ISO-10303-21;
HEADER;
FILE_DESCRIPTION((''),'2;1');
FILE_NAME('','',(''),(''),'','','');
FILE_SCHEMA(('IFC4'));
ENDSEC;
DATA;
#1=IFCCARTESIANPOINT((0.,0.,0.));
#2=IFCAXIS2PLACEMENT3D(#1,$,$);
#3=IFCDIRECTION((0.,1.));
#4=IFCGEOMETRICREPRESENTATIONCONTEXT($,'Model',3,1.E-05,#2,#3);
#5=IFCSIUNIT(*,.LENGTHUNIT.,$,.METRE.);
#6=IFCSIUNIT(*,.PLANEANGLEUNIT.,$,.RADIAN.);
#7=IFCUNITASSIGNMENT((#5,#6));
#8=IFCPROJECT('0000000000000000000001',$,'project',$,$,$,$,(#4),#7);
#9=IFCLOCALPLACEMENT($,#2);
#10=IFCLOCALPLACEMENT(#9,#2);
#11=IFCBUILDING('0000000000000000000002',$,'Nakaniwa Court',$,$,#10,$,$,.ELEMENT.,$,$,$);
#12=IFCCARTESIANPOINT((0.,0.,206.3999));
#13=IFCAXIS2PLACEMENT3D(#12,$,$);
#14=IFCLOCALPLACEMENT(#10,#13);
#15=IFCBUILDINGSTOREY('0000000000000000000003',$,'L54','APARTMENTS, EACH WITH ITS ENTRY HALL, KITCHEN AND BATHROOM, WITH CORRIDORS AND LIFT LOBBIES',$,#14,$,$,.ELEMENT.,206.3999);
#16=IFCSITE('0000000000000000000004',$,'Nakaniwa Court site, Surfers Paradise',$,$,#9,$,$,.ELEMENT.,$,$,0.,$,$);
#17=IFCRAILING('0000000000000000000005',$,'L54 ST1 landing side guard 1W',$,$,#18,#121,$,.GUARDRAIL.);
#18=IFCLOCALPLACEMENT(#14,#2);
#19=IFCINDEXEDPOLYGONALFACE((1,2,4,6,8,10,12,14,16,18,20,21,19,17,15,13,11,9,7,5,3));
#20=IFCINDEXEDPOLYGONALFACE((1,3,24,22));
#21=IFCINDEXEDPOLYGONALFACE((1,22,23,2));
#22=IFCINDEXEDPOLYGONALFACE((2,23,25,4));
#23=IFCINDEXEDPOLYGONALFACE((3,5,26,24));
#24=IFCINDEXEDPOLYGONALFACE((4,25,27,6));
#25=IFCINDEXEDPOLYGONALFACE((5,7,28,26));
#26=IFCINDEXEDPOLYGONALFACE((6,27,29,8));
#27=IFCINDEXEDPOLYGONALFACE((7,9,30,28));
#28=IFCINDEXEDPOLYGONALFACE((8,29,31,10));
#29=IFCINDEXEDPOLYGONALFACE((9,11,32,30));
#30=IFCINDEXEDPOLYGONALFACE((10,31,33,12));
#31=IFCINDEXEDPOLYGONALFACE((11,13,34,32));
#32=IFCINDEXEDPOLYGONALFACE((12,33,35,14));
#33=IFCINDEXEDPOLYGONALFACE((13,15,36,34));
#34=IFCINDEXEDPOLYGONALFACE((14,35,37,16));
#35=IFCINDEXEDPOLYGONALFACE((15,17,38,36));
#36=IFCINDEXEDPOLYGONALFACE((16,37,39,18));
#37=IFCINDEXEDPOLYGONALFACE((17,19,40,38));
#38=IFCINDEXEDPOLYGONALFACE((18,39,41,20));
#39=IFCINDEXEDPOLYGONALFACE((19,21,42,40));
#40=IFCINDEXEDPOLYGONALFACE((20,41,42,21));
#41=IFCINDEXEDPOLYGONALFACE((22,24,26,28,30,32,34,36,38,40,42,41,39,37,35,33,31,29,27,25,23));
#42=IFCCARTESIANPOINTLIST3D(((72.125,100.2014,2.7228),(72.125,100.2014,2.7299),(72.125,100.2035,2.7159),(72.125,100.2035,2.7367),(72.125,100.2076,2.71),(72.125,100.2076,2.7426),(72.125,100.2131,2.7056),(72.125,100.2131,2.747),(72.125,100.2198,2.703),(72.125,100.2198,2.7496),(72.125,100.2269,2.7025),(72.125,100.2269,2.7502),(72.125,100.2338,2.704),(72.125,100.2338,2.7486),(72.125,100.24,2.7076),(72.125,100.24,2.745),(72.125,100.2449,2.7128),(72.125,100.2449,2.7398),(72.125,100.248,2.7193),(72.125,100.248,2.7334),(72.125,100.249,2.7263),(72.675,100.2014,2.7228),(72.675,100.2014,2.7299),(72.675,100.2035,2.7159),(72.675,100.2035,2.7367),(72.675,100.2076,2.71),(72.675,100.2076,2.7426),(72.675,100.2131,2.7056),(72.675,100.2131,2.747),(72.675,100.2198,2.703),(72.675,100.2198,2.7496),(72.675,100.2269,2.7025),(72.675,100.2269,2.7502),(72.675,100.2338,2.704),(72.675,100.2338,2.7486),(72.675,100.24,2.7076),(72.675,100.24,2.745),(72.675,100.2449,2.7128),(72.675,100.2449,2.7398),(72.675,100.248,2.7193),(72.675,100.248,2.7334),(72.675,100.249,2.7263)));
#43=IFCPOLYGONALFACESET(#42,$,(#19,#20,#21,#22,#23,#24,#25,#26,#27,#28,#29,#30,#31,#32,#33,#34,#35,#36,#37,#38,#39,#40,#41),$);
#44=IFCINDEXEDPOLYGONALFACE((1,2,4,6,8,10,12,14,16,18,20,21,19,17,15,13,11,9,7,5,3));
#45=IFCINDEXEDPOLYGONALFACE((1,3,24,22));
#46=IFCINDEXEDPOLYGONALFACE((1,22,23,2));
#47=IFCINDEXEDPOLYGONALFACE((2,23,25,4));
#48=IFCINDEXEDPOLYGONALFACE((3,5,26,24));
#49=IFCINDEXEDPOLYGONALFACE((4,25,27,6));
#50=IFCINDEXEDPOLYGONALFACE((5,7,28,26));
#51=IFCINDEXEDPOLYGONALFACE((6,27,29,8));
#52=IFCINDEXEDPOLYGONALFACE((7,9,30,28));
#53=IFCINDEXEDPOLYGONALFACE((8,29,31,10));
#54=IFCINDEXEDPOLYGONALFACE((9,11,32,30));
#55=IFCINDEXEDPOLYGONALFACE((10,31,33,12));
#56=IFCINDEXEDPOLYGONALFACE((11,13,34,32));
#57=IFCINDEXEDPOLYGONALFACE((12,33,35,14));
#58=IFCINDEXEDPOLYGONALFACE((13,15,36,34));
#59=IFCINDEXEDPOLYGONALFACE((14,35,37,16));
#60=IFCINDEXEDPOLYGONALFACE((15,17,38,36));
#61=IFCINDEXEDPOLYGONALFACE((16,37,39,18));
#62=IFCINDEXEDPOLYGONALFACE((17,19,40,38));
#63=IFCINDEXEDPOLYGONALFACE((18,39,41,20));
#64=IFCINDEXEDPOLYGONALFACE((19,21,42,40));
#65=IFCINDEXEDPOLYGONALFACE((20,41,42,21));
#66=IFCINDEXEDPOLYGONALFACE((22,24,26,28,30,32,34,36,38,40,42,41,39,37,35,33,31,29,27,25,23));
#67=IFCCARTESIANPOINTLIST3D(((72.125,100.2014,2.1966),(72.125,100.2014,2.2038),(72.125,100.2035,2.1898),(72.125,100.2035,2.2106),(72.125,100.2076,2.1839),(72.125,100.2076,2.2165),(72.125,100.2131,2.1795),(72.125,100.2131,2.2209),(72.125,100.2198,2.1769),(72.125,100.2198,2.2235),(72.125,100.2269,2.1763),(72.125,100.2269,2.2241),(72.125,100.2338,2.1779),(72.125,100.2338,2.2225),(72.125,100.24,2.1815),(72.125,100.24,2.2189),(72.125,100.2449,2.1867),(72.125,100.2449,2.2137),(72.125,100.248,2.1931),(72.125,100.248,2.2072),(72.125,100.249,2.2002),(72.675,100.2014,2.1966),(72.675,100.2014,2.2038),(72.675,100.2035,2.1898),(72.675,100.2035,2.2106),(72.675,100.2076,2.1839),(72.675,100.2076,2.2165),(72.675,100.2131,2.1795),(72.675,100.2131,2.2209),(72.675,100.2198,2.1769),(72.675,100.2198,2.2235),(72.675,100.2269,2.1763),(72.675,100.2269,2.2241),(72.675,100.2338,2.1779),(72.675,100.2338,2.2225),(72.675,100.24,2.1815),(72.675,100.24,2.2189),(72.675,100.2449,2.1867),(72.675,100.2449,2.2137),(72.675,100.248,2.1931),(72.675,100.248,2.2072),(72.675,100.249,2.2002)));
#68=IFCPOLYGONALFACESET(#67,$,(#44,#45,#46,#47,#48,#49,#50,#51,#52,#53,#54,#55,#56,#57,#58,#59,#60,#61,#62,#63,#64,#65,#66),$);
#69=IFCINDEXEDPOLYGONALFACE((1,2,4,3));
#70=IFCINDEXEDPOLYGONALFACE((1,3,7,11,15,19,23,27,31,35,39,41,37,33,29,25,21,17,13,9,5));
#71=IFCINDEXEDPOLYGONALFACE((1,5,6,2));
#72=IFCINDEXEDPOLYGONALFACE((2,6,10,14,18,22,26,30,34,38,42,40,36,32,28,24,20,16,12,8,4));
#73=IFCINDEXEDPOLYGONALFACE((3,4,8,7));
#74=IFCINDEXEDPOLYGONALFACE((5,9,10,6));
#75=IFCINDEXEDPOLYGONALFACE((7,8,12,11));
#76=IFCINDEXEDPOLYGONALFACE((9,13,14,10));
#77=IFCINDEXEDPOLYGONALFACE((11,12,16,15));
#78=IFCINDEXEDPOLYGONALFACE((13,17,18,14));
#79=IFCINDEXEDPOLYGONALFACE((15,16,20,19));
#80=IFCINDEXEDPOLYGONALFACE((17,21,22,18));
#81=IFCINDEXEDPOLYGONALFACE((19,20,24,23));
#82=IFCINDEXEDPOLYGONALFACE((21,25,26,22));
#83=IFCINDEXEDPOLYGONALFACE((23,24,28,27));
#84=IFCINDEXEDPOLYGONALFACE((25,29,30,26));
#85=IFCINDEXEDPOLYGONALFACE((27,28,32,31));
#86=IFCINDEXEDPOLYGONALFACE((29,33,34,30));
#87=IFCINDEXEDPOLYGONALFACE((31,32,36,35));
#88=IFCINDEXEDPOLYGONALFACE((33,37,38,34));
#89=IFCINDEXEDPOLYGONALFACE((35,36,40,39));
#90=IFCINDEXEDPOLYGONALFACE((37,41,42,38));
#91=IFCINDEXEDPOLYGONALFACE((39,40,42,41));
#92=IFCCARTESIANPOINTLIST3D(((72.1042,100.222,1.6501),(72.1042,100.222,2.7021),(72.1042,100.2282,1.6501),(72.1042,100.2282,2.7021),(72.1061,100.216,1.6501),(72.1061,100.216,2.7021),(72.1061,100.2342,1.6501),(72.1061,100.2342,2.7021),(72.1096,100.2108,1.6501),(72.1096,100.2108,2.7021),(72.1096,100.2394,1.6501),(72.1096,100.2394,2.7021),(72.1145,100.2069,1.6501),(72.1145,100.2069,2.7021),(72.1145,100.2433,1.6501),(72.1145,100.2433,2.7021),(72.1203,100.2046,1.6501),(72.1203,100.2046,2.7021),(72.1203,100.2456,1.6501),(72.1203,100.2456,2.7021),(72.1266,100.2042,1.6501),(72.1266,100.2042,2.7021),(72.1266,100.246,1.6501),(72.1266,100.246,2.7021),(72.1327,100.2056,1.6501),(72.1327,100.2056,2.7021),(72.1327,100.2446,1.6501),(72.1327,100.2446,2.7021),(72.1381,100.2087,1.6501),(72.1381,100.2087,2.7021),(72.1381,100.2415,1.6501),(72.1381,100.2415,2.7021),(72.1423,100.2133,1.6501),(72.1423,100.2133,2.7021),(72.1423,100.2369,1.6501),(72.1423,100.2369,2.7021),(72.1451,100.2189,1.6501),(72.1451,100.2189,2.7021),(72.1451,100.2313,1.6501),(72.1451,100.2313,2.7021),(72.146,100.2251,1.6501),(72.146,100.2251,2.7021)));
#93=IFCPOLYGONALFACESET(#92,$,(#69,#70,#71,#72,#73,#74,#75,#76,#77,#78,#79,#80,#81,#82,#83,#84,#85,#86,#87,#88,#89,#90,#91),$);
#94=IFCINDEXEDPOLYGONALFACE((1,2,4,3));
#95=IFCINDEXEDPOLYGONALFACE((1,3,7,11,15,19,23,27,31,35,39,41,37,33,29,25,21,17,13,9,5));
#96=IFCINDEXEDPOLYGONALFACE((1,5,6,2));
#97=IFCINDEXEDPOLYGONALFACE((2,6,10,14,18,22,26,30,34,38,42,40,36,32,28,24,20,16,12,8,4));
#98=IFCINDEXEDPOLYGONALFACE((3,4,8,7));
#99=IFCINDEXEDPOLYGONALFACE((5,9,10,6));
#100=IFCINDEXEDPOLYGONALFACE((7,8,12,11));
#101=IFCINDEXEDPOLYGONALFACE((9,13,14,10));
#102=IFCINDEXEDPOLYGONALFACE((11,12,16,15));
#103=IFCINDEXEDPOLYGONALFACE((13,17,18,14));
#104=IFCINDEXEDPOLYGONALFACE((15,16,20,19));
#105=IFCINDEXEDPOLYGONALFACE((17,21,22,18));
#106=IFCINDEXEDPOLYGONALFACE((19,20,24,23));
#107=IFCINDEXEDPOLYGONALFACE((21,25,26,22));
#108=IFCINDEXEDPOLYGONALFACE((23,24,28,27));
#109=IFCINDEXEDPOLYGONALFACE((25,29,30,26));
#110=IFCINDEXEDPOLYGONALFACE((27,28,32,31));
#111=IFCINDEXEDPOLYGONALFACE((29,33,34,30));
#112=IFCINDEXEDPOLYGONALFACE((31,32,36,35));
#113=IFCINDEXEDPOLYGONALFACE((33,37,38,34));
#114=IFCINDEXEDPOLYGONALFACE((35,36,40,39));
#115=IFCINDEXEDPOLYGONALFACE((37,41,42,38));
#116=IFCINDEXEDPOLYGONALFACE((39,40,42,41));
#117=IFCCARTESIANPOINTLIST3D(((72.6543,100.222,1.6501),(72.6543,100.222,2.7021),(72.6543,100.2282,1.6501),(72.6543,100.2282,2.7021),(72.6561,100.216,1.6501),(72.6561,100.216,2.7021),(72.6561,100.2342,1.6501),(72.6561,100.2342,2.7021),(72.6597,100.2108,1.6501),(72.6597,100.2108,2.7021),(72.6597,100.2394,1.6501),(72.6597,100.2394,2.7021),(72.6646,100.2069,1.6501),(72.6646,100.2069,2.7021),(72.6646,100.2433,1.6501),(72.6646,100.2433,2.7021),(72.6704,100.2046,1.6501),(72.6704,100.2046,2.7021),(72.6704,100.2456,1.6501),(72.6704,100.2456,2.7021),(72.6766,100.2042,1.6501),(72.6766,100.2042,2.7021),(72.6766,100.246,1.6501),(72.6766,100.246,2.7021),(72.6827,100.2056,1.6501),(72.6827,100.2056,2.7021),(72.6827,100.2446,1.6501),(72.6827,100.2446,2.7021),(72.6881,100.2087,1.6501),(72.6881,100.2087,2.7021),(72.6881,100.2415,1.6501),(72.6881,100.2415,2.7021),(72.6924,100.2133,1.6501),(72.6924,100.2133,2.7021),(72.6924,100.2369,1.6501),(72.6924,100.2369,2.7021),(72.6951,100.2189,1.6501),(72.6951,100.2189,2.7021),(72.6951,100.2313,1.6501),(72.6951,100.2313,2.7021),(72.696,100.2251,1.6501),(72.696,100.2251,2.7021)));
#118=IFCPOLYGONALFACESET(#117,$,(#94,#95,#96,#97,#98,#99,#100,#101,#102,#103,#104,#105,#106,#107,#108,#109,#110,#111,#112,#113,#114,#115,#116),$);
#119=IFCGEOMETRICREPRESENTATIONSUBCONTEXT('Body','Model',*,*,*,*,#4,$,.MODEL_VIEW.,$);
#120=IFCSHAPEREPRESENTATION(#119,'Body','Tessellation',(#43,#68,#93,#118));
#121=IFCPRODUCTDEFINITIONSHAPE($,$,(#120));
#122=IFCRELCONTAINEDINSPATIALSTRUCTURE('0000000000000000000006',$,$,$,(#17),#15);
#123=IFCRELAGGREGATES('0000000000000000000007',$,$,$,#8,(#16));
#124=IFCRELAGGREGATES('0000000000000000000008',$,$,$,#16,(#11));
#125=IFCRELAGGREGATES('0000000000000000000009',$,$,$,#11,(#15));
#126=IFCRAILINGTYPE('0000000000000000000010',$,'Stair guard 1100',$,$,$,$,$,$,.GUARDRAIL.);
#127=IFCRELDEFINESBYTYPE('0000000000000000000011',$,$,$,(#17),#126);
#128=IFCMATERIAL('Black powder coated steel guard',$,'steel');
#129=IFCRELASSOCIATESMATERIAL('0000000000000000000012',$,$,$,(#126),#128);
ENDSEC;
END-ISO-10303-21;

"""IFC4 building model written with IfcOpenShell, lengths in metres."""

from ifc_helpers import new_model, si_unit, direction, frame, origin, origin_2d, place, context, subcontext, project, spatial, circle, extrude, material, type_object, element, save


model = new_model("IFC4")

# Units and contexts
model_context = context("Model", 3, precision=1e-05, world=origin(), true_north=direction((0.0, 1.0)))
body_context = subcontext(model_context, "Body", "Model", "MODEL_VIEW")
ifc_project = project(units=[si_unit("LENGTHUNIT", "METRE"), si_unit("PLANEANGLEUNIT", "RADIAN")], contexts=[model_context])

# Site, building, storey
site_placement = place(None, origin())
site = spatial("IfcSite", under=ifc_project, at=site_placement, Name="Nakaniwa Court site, Surfers Paradise", CompositionType="ELEMENT", RefElevation=0.0)
building_placement = place(site_placement, origin())
building = spatial("IfcBuilding", under=site, at=building_placement, Name="Nakaniwa Court", CompositionType="ELEMENT")
storey_placement = place(building_placement, frame((0.0, 0.0, 206.3999)))
storey = spatial("IfcBuildingStorey", under=building, at=storey_placement, Name="L54", Description="APARTMENTS, EACH WITH ITS ENTRY HALL, KITCHEN AND BATHROOM, WITH CORRIDORS AND LIFT LOBBIES", CompositionType="ELEMENT", Elevation=206.3999)

# Railing
ifc_material_1 = material(Name="Black powder coated steel guard", Category="steel")
railing_type_1 = type_object("IfcRailingType", Name="Stair guard 1100", PredefinedType="GUARDRAIL", material=ifc_material_1)
for number, where, name in (
    (1, (72.125, 100.2251, 1.6501), "L54 ST1 landing side guard 1W"),
):
    element("IfcRailing", number, at=place(storey_placement, frame(where)), inside=storey, type_object=railing_type_1, Name=name, PredefinedType="GUARDRAIL", context=body_context, shape_type="SweptSolid", body=[
        extrude(circle(Radius=0.0239, at=origin_2d()), frame((0.0, 0.0, 1.0762), z_axis=(1.0, 0.0, 0.0), x_axis=(0.0, 1.0, 0.0)), (0.0, 0.0, 1.0), 0.55),
        extrude(circle(Radius=0.0239, at=origin_2d()), frame((0.0, 0.0, 0.55), z_axis=(1.0, 0.0, 0.0), x_axis=(0.0, 1.0, 0.0)), (0.0, 0.0, 1.0), 0.55),
        extrude(circle(Radius=0.021, at=origin_2d()), origin(), (0.0, 0.0, 1.0), 1.052),
        extrude(circle(Radius=0.021, at=origin_2d()), frame((0.55, 0.0, 0.0)), (0.0, 0.0, 1.0), 1.052),
    ])

save(model, "model.ifc")
